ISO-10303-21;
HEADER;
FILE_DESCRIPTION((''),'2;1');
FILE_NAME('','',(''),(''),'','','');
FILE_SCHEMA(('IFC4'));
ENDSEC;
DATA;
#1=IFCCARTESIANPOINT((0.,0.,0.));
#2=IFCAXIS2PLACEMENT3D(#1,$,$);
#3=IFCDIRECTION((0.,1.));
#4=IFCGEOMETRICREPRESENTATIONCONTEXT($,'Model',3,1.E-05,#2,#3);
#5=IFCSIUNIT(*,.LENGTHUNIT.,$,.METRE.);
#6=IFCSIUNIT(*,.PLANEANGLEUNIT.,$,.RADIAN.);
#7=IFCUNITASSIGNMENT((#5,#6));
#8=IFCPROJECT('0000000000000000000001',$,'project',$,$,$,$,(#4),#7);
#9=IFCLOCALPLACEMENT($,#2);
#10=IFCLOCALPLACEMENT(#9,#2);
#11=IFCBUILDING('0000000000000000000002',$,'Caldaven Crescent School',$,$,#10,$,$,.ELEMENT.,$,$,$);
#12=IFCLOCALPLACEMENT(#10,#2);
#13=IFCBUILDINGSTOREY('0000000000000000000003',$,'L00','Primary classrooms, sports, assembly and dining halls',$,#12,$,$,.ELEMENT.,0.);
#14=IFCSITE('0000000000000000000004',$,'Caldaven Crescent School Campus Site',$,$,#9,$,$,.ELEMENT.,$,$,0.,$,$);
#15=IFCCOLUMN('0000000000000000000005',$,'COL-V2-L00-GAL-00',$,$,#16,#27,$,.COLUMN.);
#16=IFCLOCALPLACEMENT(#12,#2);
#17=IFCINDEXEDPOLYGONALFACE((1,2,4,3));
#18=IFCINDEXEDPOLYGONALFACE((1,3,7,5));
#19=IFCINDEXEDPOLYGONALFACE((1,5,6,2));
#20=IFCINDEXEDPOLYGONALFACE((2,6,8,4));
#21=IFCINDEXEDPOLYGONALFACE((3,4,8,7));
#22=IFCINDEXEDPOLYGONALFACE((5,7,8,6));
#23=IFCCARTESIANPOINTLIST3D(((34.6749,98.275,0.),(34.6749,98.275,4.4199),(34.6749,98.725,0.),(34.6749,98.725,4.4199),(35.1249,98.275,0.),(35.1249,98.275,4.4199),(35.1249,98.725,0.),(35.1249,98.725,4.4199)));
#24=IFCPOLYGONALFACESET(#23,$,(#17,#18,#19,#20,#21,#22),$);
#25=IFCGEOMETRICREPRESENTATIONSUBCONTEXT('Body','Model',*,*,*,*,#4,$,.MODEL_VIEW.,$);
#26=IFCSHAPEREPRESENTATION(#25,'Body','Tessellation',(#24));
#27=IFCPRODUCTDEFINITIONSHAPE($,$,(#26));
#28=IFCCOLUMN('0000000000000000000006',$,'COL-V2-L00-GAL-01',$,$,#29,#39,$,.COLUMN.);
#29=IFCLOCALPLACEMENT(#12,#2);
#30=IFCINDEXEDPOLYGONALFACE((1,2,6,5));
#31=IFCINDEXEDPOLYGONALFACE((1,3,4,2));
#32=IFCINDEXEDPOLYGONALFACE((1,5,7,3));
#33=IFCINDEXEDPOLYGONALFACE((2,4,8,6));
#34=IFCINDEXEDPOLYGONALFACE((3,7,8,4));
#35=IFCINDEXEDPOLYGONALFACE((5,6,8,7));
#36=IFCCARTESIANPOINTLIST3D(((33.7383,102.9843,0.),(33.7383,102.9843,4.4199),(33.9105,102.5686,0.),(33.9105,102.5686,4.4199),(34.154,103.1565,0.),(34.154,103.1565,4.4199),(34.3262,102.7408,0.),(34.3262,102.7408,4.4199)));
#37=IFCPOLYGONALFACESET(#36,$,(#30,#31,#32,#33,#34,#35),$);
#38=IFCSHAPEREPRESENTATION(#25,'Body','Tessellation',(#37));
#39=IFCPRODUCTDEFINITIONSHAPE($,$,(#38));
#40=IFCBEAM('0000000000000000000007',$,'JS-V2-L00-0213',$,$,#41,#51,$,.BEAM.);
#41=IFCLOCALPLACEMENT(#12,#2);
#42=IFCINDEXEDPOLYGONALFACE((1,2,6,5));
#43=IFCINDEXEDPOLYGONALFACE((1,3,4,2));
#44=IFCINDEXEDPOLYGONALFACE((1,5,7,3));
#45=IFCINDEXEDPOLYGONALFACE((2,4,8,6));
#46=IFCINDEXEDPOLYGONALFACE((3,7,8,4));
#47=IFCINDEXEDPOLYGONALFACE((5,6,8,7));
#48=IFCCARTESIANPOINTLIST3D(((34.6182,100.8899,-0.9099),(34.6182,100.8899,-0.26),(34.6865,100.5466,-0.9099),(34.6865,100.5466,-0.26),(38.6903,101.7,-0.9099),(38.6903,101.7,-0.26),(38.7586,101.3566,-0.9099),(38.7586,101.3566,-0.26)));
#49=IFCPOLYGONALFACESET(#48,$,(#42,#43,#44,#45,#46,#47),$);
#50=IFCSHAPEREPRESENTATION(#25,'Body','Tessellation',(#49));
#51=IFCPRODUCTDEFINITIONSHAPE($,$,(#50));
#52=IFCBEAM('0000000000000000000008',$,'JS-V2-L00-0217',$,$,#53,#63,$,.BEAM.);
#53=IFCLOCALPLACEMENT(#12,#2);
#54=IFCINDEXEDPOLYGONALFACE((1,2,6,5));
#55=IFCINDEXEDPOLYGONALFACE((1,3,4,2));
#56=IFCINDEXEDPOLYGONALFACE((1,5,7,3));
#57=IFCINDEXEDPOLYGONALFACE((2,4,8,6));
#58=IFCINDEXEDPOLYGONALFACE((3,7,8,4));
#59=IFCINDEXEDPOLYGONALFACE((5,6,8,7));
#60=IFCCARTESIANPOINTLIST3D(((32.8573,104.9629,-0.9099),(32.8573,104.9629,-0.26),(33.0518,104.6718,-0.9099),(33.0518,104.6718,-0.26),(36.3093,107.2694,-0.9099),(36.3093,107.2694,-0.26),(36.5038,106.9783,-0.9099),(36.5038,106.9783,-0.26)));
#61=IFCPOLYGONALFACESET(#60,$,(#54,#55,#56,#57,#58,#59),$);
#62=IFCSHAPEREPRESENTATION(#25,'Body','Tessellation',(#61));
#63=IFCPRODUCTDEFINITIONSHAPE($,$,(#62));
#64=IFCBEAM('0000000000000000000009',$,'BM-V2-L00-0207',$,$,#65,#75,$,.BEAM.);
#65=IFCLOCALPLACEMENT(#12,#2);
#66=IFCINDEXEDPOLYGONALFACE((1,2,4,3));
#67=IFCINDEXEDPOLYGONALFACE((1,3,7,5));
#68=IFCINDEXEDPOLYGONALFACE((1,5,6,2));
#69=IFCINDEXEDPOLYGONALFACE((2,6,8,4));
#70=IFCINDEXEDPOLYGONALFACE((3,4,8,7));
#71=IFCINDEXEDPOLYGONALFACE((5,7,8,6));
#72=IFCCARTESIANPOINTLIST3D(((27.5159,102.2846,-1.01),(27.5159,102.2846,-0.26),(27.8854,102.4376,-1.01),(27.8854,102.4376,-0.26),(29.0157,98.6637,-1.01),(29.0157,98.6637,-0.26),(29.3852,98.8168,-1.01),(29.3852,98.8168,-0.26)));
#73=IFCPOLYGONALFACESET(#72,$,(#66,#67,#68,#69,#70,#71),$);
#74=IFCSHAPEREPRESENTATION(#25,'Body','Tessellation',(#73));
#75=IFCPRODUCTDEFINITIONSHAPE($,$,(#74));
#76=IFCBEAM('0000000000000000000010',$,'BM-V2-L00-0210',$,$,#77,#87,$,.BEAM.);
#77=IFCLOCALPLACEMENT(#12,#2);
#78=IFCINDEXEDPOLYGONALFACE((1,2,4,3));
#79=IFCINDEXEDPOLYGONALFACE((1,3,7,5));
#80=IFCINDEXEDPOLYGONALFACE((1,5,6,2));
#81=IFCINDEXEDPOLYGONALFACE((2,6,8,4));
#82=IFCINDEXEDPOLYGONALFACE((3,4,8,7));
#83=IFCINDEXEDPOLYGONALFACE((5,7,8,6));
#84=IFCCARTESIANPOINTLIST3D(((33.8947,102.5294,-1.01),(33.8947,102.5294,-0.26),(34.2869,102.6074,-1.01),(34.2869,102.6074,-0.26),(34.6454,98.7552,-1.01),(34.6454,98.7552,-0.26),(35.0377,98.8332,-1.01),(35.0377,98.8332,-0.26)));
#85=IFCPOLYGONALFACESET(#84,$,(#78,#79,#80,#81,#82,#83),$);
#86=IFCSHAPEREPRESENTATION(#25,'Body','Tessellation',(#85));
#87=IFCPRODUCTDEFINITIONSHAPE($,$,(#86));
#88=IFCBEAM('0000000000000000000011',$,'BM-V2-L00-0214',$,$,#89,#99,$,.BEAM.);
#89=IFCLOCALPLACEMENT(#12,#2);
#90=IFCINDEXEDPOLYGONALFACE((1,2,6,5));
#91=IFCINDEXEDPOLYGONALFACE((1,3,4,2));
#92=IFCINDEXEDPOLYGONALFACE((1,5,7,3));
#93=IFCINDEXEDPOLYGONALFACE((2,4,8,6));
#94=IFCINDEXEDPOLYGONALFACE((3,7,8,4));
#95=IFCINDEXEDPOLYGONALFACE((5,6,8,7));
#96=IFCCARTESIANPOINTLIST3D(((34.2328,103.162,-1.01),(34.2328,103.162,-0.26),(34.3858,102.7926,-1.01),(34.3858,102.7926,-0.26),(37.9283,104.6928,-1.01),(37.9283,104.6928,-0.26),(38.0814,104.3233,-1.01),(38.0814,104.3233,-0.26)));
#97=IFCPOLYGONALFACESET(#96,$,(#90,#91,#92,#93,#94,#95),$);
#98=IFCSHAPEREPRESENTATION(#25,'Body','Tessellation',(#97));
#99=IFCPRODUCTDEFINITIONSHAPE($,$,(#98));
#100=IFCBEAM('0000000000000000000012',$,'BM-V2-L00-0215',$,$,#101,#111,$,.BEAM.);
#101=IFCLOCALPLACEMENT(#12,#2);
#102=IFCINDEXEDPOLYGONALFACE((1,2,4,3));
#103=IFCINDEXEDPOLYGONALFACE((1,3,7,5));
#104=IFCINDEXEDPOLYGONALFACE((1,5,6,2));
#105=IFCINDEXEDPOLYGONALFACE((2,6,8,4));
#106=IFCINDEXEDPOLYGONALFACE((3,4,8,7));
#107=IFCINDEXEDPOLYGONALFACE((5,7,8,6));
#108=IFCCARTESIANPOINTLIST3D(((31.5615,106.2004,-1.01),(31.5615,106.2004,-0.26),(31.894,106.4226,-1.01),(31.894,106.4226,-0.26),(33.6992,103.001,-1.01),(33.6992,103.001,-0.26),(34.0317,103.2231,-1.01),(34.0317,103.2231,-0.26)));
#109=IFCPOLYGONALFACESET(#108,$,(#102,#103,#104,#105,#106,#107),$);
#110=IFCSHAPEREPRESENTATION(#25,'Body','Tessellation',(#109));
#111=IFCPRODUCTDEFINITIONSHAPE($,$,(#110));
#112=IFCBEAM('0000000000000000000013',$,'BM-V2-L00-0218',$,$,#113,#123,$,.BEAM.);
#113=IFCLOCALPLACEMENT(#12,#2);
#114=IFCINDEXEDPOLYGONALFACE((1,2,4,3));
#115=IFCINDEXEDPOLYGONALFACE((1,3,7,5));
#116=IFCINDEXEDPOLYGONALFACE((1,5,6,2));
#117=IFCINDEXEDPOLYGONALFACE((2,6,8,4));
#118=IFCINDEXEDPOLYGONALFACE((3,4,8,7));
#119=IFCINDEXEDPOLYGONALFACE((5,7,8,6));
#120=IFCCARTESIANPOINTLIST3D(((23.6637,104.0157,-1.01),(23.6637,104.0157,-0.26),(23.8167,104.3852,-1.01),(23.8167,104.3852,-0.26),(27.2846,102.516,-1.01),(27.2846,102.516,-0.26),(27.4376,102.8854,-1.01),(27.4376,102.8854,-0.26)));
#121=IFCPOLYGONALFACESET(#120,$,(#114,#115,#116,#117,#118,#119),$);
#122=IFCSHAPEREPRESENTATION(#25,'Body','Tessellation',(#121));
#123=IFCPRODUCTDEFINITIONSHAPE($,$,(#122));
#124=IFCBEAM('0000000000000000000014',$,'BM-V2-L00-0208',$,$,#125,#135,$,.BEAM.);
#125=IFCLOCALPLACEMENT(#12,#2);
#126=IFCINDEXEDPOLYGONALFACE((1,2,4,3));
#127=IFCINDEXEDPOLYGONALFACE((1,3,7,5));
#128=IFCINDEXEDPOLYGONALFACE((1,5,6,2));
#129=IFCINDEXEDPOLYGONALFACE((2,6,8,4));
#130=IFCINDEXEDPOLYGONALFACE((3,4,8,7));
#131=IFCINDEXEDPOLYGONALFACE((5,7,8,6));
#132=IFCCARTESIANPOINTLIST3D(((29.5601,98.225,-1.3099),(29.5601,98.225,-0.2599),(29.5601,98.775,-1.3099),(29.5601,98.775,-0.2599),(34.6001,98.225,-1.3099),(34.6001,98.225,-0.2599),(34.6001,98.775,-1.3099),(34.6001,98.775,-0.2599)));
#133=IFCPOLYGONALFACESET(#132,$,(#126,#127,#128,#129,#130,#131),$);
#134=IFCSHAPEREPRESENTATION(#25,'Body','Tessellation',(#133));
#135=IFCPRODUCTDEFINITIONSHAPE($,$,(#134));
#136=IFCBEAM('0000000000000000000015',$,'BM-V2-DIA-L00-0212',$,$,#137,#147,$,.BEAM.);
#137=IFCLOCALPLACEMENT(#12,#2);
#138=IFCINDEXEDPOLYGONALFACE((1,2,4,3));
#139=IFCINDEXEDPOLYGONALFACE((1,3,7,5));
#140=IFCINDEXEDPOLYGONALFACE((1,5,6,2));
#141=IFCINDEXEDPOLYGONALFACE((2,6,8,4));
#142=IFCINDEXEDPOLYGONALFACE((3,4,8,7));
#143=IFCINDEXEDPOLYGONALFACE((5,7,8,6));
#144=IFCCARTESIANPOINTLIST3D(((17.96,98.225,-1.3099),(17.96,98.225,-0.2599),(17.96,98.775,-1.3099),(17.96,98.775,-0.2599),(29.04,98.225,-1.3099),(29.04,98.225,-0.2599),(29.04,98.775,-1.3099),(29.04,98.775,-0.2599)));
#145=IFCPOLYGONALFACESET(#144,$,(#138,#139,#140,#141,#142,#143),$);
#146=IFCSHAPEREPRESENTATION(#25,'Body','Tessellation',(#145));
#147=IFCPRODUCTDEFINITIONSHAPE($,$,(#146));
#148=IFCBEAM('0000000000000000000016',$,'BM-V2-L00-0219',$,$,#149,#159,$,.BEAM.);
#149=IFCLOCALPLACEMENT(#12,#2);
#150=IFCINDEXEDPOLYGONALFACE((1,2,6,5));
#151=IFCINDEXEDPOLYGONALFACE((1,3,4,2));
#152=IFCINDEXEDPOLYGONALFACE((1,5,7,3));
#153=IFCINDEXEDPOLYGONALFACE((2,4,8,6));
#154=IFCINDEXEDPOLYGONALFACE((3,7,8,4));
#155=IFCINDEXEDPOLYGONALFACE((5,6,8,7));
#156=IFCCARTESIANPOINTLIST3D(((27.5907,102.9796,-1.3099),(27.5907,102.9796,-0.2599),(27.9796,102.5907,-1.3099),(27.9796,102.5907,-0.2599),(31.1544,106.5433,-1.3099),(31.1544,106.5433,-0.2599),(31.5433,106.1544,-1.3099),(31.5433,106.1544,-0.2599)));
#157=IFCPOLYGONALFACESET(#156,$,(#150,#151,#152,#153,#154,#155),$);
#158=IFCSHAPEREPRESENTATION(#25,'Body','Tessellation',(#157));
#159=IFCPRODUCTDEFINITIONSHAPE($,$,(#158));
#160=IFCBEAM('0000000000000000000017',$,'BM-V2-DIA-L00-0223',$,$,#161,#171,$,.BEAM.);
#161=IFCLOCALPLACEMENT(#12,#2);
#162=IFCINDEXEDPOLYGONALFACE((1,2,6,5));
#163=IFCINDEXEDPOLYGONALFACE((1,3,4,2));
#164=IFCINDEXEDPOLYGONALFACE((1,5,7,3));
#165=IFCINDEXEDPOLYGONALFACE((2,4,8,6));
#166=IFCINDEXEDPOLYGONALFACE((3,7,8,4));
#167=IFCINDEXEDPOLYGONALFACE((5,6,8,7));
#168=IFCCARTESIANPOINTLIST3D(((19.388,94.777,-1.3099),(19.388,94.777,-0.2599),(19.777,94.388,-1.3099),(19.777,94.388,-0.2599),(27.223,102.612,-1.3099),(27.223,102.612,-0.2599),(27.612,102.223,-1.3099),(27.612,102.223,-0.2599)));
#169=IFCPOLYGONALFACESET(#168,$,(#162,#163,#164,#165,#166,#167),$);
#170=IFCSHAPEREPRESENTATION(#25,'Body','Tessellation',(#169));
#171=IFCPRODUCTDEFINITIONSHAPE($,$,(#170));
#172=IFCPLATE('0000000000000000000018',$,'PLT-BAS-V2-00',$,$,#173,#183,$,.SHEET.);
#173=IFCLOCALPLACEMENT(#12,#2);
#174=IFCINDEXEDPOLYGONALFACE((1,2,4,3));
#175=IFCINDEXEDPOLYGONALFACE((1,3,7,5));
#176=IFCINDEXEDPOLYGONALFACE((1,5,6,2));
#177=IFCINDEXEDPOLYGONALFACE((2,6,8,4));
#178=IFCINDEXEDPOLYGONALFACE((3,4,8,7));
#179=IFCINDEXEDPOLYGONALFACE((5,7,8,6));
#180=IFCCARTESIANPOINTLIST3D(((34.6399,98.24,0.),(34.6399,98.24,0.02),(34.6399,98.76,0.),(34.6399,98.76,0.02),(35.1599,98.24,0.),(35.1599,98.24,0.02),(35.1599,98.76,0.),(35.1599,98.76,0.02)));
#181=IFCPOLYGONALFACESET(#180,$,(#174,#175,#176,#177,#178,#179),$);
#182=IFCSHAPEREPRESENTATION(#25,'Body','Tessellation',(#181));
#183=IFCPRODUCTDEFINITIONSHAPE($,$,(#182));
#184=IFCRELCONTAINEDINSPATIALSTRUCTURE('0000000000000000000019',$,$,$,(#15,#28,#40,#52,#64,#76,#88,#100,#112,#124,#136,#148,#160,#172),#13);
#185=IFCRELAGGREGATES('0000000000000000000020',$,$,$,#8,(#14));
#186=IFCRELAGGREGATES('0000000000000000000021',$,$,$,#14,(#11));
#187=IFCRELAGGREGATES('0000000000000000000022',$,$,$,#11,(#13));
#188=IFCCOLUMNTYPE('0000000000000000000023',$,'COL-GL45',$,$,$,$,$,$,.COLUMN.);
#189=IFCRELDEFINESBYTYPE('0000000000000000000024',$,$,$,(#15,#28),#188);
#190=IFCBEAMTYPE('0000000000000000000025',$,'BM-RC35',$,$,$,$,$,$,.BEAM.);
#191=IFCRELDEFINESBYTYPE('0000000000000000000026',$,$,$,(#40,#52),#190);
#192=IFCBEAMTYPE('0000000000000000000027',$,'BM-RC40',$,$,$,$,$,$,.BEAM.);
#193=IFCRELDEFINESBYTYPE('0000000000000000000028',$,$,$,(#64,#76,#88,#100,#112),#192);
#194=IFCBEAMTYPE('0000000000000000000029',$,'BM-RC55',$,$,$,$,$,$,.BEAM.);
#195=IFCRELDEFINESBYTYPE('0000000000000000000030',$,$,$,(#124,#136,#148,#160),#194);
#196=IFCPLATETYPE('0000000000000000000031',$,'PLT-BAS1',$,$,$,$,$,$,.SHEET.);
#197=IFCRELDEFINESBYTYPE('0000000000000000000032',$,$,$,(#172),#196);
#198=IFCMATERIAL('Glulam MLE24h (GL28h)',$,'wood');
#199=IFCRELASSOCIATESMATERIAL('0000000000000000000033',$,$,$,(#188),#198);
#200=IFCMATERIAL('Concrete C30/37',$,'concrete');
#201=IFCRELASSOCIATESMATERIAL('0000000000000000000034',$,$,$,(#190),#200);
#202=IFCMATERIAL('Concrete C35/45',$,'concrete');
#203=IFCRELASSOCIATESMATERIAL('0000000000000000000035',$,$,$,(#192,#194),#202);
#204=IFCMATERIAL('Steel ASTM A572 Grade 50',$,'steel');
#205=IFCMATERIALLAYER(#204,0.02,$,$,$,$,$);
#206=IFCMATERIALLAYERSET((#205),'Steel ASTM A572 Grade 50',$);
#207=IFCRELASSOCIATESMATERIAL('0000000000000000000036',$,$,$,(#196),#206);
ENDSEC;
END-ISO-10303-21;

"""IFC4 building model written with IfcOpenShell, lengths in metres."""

from ifc_helpers import new_model, si_unit, direction, frame, origin, origin_2d, place, context, subcontext, project, spatial, rectangle, extrude, material, layer, layer_set, material_profile, profile_set, type_object, element, save


model = new_model("IFC4")

# Units and contexts
model_context = context("Model", 3, precision=1e-05, world=origin(), true_north=direction((0.0, 1.0)))
body_context = subcontext(model_context, "Body", "Model", "MODEL_VIEW")
ifc_project = project(units=[si_unit("LENGTHUNIT", "METRE"), si_unit("PLANEANGLEUNIT", "RADIAN")], contexts=[model_context])

# Site, building, storey
site_placement = place(None, origin())
site = spatial("IfcSite", under=ifc_project, at=site_placement, Name="Caldaven Crescent School Campus Site", CompositionType="ELEMENT", RefElevation=0.0)
building_placement = place(site_placement, origin())
building = spatial("IfcBuilding", under=site, at=building_placement, Name="Caldaven Crescent School", CompositionType="ELEMENT")
storey_placement = place(building_placement, origin())
storey = spatial("IfcBuildingStorey", under=building, at=storey_placement, Name="L00", Description="Primary classrooms, sports, assembly and dining halls", CompositionType="ELEMENT", Elevation=0.0)

# Columns
ifc_material_1 = material(Name="Glulam MLE24h (GL28h)", Category="wood")
ifc_material_profile_1 = material_profile(ifc_material_1, rectangle(XDim=0.45, YDim=0.45, at=origin_2d()), Name="MLE 450x450")
ifc_profile_set_1 = profile_set([ifc_material_profile_1], Name="Glulam MLE24h (GL28h)")
column_type = type_object("IfcColumnType", Name="COL-GL45", PredefinedType="COLUMN", material=ifc_profile_set_1)
for number, where, z_axis, x_axis, name in (
    (1, (34.8999, 98.5, 0.0), (0.0, 0.0, 1.0), (1.0, 0.0, 0.0), "COL-V2-L00-GAL-00"),
    (2, (34.0322, 102.8625, 0.0), (0.0, 0.0, 1.0), (0.92388, 0.382683, 0.0), "COL-V2-L00-GAL-01"),
):
    element("IfcColumn", number, at=place(storey_placement, frame(where, z_axis=z_axis, x_axis=x_axis)), inside=storey, type_object=column_type, Name=name, PredefinedType="COLUMN", context=body_context, shape_type="SweptSolid", body=[
        extrude(rectangle(XDim=0.45, YDim=0.45, at=origin_2d()), origin(), (0.0, 0.0, 1.0), 4.4199),
    ])

# Beams
ifc_material_2 = material(Name="Concrete C30/37", Category="concrete")
ifc_material_profile_2 = material_profile(ifc_material_2, rectangle(XDim=0.3501, YDim=0.6499, at=origin_2d()), Name="RC 350x650")
ifc_profile_set_2 = profile_set([ifc_material_profile_2], Name="Concrete C30/37")
beam_type_1 = type_object("IfcBeamType", Name="BM-RC35", PredefinedType="BEAM", material=ifc_profile_set_2)
beam_1_placement = place(storey_placement, frame((34.6523, 100.7183, -0.585), z_axis=(0.980781, 0.19511, 0.0), x_axis=(-0.19511, 0.980781, 0.0)))
element("IfcBeam", 3, at=beam_1_placement, inside=storey, type_object=beam_type_1, Name="JS-V2-L00-0213", PredefinedType="BEAM", context=body_context, shape_type="SweptSolid", body=[
    extrude(rectangle(XDim=0.3501, YDim=0.6499, at=origin_2d()), origin(), (0.0, 0.0, 1.0), 4.1519),
])
beam_2_placement = place(storey_placement, frame((32.9546, 104.8174, -0.585), z_axis=(0.83148, 0.555555, 0.0), x_axis=(-0.555555, 0.83148, 0.0)))
element("IfcBeam", 4, at=beam_2_placement, inside=storey, type_object=beam_type_1, Name="JS-V2-L00-0217", PredefinedType="BEAM", context=body_context, shape_type="SweptSolid", body=[
    extrude(rectangle(XDim=0.3501, YDim=0.6499, at=origin_2d()), origin(), (0.0, 0.0, 1.0), 4.1516),
])
ifc_material_3 = material(Name="Concrete C35/45", Category="concrete")
ifc_material_profile_3 = material_profile(ifc_material_3, rectangle(XDim=0.3999, YDim=0.75, at=origin_2d()), Name="RC 400x750")
ifc_profile_set_3 = profile_set([ifc_material_profile_3], Name="Concrete C35/45")
beam_type_2 = type_object("IfcBeamType", Name="BM-RC40", PredefinedType="BEAM", material=ifc_profile_set_3)
beam_3_placement = place(storey_placement, frame((29.2004, 98.7402, -0.635), z_axis=(-0.382673, 0.923884, 0.0), x_axis=(-0.923884, -0.382673, 0.0)))
element("IfcBeam", 5, at=beam_3_placement, inside=storey, type_object=beam_type_2, Name="BM-V2-L00-0207", PredefinedType="BEAM", context=body_context, shape_type="SweptSolid", body=[
    extrude(rectangle(XDim=0.3999, YDim=0.75, at=origin_2d()), origin(), (0.0, 0.0, 1.0), 3.9192),
])
beam_4_placement = place(storey_placement, frame((34.8416, 98.7942, -0.635), z_axis=(-0.195091, 0.980785, 0.0), x_axis=(-0.980785, -0.195091, 0.0)))
element("IfcBeam", 6, at=beam_4_placement, inside=storey, type_object=beam_type_2, Name="BM-V2-L00-0210", PredefinedType="BEAM", context=body_context, shape_type="SweptSolid", body=[
    extrude(rectangle(XDim=0.3999, YDim=0.75, at=origin_2d()), origin(), (0.0, 0.0, 1.0), 3.8481),
])
beam_5_placement = place(storey_placement, frame((34.3093, 102.9773, -0.635), z_axis=(0.923878, 0.382686, 0.0), x_axis=(-0.382686, 0.923878, 0.0)))
element("IfcBeam", 7, at=beam_5_placement, inside=storey, type_object=beam_type_2, Name="BM-V2-L00-0214", PredefinedType="BEAM", context=body_context, shape_type="SweptSolid", body=[
    extrude(rectangle(XDim=0.3999, YDim=0.75, at=origin_2d()), origin(), (0.0, 0.0, 1.0), 4.0),
])
beam_6_placement = place(storey_placement, frame((33.8655, 103.1121, -0.635), z_axis=(-0.555549, 0.831484, 0.0), x_axis=(-0.831484, -0.555549, 0.0)))
element("IfcBeam", 8, at=beam_6_placement, inside=storey, type_object=beam_type_2, Name="BM-V2-L00-0215", PredefinedType="BEAM", context=body_context, shape_type="SweptSolid", body=[
    extrude(rectangle(XDim=0.3999, YDim=0.75, at=origin_2d()), origin(), (0.0, 0.0, 1.0), 3.8479),
])
beam_7_placement = place(storey_placement, frame((27.3611, 102.7007, -0.635), z_axis=(-0.923884, 0.382673, 0.0), x_axis=(-0.382673, -0.923884, 0.0)))
element("IfcBeam", 9, at=beam_7_placement, inside=storey, type_object=beam_type_2, Name="BM-V2-L00-0218", PredefinedType="BEAM", context=body_context, shape_type="SweptSolid", body=[
    extrude(rectangle(XDim=0.3999, YDim=0.75, at=origin_2d()), origin(), (0.0, 0.0, 1.0), 3.9192),
])
ifc_material_profile_4 = material_profile(ifc_material_3, rectangle(XDim=0.55, YDim=1.05, at=origin_2d()), Name="RC 550x1050")
ifc_profile_set_4 = profile_set([ifc_material_profile_4], Name="Concrete C35/45")
beam_type_3 = type_object("IfcBeamType", Name="BM-RC55", PredefinedType="BEAM", material=ifc_profile_set_4)
beam_8_placement = place(storey_placement, frame((29.5601, 98.5, -0.7849), z_axis=(1.0, 0.0, 0.0), x_axis=(0.0, 1.0, 0.0)))
element("IfcBeam", 10, at=beam_8_placement, inside=storey, type_object=beam_type_3, Name="BM-V2-L00-0208", PredefinedType="BEAM", context=body_context, shape_type="SweptSolid", body=[
    extrude(rectangle(XDim=0.55, YDim=1.05, at=origin_2d()), origin(), (0.0, 0.0, 1.0), 5.04),
])
beam_9_placement = place(storey_placement, frame((29.04, 98.5, -0.7849), z_axis=(-1.0, 0.0, 0.0), x_axis=(0.0, -1.0, 0.0)))
element("IfcBeam", 11, at=beam_9_placement, inside=storey, type_object=beam_type_3, Name="BM-V2-DIA-L00-0212", PredefinedType="BEAM", context=body_context, shape_type="SweptSolid", body=[
    extrude(rectangle(XDim=0.55, YDim=1.05, at=origin_2d()), origin(), (0.0, 0.0, 1.0), 11.0801),
])
beam_10_placement = place(storey_placement, frame((27.7852, 102.7852, -0.7849), z_axis=(0.707107, 0.707107, 0.0), x_axis=(-0.707107, 0.707107, 0.0)))
element("IfcBeam", 12, at=beam_10_placement, inside=storey, type_object=beam_type_3, Name="BM-V2-L00-0219", PredefinedType="BEAM", context=body_context, shape_type="SweptSolid", body=[
    extrude(rectangle(XDim=0.55, YDim=1.05, at=origin_2d()), origin(), (0.0, 0.0, 1.0), 5.0398),
])
beam_11_placement = place(storey_placement, frame((27.4175, 102.4175, -0.7849), z_axis=(-0.707107, -0.707107, 0.0), x_axis=(0.707107, -0.707107, 0.0)))
element("IfcBeam", 13, at=beam_11_placement, inside=storey, type_object=beam_type_3, Name="BM-V2-DIA-L00-0223", PredefinedType="BEAM", context=body_context, shape_type="SweptSolid", body=[
    extrude(rectangle(XDim=0.55, YDim=1.05, at=origin_2d()), origin(), (0.0, 0.0, 1.0), 11.0803),
])

# Plate
ifc_material_4 = material(Name="Steel ASTM A572 Grade 50", Category="steel")
ifc_layer_1 = layer(ifc_material_4, 0.02)
ifc_layer_set_1 = layer_set([ifc_layer_1], Name="Steel ASTM A572 Grade 50")
plate_type_1 = type_object("IfcPlateType", Name="PLT-BAS1", PredefinedType="SHEET", material=ifc_layer_set_1)
plate_1_placement = place(storey_placement, frame((34.8999, 98.5, 0.0), z_axis=(0.0, 0.0, 1.0), x_axis=(1.0, 0.0, 0.0)))
element("IfcPlate", 14, at=plate_1_placement, inside=storey, type_object=plate_type_1, Name="PLT-BAS-V2-00", PredefinedType="SHEET", context=body_context, shape_type="SweptSolid", body=[
    extrude(rectangle(XDim=0.52, YDim=0.52, at=origin_2d()), origin(), (0.0, 0.0, 1.0), 0.02),
])

save(model, "model.ifc")
